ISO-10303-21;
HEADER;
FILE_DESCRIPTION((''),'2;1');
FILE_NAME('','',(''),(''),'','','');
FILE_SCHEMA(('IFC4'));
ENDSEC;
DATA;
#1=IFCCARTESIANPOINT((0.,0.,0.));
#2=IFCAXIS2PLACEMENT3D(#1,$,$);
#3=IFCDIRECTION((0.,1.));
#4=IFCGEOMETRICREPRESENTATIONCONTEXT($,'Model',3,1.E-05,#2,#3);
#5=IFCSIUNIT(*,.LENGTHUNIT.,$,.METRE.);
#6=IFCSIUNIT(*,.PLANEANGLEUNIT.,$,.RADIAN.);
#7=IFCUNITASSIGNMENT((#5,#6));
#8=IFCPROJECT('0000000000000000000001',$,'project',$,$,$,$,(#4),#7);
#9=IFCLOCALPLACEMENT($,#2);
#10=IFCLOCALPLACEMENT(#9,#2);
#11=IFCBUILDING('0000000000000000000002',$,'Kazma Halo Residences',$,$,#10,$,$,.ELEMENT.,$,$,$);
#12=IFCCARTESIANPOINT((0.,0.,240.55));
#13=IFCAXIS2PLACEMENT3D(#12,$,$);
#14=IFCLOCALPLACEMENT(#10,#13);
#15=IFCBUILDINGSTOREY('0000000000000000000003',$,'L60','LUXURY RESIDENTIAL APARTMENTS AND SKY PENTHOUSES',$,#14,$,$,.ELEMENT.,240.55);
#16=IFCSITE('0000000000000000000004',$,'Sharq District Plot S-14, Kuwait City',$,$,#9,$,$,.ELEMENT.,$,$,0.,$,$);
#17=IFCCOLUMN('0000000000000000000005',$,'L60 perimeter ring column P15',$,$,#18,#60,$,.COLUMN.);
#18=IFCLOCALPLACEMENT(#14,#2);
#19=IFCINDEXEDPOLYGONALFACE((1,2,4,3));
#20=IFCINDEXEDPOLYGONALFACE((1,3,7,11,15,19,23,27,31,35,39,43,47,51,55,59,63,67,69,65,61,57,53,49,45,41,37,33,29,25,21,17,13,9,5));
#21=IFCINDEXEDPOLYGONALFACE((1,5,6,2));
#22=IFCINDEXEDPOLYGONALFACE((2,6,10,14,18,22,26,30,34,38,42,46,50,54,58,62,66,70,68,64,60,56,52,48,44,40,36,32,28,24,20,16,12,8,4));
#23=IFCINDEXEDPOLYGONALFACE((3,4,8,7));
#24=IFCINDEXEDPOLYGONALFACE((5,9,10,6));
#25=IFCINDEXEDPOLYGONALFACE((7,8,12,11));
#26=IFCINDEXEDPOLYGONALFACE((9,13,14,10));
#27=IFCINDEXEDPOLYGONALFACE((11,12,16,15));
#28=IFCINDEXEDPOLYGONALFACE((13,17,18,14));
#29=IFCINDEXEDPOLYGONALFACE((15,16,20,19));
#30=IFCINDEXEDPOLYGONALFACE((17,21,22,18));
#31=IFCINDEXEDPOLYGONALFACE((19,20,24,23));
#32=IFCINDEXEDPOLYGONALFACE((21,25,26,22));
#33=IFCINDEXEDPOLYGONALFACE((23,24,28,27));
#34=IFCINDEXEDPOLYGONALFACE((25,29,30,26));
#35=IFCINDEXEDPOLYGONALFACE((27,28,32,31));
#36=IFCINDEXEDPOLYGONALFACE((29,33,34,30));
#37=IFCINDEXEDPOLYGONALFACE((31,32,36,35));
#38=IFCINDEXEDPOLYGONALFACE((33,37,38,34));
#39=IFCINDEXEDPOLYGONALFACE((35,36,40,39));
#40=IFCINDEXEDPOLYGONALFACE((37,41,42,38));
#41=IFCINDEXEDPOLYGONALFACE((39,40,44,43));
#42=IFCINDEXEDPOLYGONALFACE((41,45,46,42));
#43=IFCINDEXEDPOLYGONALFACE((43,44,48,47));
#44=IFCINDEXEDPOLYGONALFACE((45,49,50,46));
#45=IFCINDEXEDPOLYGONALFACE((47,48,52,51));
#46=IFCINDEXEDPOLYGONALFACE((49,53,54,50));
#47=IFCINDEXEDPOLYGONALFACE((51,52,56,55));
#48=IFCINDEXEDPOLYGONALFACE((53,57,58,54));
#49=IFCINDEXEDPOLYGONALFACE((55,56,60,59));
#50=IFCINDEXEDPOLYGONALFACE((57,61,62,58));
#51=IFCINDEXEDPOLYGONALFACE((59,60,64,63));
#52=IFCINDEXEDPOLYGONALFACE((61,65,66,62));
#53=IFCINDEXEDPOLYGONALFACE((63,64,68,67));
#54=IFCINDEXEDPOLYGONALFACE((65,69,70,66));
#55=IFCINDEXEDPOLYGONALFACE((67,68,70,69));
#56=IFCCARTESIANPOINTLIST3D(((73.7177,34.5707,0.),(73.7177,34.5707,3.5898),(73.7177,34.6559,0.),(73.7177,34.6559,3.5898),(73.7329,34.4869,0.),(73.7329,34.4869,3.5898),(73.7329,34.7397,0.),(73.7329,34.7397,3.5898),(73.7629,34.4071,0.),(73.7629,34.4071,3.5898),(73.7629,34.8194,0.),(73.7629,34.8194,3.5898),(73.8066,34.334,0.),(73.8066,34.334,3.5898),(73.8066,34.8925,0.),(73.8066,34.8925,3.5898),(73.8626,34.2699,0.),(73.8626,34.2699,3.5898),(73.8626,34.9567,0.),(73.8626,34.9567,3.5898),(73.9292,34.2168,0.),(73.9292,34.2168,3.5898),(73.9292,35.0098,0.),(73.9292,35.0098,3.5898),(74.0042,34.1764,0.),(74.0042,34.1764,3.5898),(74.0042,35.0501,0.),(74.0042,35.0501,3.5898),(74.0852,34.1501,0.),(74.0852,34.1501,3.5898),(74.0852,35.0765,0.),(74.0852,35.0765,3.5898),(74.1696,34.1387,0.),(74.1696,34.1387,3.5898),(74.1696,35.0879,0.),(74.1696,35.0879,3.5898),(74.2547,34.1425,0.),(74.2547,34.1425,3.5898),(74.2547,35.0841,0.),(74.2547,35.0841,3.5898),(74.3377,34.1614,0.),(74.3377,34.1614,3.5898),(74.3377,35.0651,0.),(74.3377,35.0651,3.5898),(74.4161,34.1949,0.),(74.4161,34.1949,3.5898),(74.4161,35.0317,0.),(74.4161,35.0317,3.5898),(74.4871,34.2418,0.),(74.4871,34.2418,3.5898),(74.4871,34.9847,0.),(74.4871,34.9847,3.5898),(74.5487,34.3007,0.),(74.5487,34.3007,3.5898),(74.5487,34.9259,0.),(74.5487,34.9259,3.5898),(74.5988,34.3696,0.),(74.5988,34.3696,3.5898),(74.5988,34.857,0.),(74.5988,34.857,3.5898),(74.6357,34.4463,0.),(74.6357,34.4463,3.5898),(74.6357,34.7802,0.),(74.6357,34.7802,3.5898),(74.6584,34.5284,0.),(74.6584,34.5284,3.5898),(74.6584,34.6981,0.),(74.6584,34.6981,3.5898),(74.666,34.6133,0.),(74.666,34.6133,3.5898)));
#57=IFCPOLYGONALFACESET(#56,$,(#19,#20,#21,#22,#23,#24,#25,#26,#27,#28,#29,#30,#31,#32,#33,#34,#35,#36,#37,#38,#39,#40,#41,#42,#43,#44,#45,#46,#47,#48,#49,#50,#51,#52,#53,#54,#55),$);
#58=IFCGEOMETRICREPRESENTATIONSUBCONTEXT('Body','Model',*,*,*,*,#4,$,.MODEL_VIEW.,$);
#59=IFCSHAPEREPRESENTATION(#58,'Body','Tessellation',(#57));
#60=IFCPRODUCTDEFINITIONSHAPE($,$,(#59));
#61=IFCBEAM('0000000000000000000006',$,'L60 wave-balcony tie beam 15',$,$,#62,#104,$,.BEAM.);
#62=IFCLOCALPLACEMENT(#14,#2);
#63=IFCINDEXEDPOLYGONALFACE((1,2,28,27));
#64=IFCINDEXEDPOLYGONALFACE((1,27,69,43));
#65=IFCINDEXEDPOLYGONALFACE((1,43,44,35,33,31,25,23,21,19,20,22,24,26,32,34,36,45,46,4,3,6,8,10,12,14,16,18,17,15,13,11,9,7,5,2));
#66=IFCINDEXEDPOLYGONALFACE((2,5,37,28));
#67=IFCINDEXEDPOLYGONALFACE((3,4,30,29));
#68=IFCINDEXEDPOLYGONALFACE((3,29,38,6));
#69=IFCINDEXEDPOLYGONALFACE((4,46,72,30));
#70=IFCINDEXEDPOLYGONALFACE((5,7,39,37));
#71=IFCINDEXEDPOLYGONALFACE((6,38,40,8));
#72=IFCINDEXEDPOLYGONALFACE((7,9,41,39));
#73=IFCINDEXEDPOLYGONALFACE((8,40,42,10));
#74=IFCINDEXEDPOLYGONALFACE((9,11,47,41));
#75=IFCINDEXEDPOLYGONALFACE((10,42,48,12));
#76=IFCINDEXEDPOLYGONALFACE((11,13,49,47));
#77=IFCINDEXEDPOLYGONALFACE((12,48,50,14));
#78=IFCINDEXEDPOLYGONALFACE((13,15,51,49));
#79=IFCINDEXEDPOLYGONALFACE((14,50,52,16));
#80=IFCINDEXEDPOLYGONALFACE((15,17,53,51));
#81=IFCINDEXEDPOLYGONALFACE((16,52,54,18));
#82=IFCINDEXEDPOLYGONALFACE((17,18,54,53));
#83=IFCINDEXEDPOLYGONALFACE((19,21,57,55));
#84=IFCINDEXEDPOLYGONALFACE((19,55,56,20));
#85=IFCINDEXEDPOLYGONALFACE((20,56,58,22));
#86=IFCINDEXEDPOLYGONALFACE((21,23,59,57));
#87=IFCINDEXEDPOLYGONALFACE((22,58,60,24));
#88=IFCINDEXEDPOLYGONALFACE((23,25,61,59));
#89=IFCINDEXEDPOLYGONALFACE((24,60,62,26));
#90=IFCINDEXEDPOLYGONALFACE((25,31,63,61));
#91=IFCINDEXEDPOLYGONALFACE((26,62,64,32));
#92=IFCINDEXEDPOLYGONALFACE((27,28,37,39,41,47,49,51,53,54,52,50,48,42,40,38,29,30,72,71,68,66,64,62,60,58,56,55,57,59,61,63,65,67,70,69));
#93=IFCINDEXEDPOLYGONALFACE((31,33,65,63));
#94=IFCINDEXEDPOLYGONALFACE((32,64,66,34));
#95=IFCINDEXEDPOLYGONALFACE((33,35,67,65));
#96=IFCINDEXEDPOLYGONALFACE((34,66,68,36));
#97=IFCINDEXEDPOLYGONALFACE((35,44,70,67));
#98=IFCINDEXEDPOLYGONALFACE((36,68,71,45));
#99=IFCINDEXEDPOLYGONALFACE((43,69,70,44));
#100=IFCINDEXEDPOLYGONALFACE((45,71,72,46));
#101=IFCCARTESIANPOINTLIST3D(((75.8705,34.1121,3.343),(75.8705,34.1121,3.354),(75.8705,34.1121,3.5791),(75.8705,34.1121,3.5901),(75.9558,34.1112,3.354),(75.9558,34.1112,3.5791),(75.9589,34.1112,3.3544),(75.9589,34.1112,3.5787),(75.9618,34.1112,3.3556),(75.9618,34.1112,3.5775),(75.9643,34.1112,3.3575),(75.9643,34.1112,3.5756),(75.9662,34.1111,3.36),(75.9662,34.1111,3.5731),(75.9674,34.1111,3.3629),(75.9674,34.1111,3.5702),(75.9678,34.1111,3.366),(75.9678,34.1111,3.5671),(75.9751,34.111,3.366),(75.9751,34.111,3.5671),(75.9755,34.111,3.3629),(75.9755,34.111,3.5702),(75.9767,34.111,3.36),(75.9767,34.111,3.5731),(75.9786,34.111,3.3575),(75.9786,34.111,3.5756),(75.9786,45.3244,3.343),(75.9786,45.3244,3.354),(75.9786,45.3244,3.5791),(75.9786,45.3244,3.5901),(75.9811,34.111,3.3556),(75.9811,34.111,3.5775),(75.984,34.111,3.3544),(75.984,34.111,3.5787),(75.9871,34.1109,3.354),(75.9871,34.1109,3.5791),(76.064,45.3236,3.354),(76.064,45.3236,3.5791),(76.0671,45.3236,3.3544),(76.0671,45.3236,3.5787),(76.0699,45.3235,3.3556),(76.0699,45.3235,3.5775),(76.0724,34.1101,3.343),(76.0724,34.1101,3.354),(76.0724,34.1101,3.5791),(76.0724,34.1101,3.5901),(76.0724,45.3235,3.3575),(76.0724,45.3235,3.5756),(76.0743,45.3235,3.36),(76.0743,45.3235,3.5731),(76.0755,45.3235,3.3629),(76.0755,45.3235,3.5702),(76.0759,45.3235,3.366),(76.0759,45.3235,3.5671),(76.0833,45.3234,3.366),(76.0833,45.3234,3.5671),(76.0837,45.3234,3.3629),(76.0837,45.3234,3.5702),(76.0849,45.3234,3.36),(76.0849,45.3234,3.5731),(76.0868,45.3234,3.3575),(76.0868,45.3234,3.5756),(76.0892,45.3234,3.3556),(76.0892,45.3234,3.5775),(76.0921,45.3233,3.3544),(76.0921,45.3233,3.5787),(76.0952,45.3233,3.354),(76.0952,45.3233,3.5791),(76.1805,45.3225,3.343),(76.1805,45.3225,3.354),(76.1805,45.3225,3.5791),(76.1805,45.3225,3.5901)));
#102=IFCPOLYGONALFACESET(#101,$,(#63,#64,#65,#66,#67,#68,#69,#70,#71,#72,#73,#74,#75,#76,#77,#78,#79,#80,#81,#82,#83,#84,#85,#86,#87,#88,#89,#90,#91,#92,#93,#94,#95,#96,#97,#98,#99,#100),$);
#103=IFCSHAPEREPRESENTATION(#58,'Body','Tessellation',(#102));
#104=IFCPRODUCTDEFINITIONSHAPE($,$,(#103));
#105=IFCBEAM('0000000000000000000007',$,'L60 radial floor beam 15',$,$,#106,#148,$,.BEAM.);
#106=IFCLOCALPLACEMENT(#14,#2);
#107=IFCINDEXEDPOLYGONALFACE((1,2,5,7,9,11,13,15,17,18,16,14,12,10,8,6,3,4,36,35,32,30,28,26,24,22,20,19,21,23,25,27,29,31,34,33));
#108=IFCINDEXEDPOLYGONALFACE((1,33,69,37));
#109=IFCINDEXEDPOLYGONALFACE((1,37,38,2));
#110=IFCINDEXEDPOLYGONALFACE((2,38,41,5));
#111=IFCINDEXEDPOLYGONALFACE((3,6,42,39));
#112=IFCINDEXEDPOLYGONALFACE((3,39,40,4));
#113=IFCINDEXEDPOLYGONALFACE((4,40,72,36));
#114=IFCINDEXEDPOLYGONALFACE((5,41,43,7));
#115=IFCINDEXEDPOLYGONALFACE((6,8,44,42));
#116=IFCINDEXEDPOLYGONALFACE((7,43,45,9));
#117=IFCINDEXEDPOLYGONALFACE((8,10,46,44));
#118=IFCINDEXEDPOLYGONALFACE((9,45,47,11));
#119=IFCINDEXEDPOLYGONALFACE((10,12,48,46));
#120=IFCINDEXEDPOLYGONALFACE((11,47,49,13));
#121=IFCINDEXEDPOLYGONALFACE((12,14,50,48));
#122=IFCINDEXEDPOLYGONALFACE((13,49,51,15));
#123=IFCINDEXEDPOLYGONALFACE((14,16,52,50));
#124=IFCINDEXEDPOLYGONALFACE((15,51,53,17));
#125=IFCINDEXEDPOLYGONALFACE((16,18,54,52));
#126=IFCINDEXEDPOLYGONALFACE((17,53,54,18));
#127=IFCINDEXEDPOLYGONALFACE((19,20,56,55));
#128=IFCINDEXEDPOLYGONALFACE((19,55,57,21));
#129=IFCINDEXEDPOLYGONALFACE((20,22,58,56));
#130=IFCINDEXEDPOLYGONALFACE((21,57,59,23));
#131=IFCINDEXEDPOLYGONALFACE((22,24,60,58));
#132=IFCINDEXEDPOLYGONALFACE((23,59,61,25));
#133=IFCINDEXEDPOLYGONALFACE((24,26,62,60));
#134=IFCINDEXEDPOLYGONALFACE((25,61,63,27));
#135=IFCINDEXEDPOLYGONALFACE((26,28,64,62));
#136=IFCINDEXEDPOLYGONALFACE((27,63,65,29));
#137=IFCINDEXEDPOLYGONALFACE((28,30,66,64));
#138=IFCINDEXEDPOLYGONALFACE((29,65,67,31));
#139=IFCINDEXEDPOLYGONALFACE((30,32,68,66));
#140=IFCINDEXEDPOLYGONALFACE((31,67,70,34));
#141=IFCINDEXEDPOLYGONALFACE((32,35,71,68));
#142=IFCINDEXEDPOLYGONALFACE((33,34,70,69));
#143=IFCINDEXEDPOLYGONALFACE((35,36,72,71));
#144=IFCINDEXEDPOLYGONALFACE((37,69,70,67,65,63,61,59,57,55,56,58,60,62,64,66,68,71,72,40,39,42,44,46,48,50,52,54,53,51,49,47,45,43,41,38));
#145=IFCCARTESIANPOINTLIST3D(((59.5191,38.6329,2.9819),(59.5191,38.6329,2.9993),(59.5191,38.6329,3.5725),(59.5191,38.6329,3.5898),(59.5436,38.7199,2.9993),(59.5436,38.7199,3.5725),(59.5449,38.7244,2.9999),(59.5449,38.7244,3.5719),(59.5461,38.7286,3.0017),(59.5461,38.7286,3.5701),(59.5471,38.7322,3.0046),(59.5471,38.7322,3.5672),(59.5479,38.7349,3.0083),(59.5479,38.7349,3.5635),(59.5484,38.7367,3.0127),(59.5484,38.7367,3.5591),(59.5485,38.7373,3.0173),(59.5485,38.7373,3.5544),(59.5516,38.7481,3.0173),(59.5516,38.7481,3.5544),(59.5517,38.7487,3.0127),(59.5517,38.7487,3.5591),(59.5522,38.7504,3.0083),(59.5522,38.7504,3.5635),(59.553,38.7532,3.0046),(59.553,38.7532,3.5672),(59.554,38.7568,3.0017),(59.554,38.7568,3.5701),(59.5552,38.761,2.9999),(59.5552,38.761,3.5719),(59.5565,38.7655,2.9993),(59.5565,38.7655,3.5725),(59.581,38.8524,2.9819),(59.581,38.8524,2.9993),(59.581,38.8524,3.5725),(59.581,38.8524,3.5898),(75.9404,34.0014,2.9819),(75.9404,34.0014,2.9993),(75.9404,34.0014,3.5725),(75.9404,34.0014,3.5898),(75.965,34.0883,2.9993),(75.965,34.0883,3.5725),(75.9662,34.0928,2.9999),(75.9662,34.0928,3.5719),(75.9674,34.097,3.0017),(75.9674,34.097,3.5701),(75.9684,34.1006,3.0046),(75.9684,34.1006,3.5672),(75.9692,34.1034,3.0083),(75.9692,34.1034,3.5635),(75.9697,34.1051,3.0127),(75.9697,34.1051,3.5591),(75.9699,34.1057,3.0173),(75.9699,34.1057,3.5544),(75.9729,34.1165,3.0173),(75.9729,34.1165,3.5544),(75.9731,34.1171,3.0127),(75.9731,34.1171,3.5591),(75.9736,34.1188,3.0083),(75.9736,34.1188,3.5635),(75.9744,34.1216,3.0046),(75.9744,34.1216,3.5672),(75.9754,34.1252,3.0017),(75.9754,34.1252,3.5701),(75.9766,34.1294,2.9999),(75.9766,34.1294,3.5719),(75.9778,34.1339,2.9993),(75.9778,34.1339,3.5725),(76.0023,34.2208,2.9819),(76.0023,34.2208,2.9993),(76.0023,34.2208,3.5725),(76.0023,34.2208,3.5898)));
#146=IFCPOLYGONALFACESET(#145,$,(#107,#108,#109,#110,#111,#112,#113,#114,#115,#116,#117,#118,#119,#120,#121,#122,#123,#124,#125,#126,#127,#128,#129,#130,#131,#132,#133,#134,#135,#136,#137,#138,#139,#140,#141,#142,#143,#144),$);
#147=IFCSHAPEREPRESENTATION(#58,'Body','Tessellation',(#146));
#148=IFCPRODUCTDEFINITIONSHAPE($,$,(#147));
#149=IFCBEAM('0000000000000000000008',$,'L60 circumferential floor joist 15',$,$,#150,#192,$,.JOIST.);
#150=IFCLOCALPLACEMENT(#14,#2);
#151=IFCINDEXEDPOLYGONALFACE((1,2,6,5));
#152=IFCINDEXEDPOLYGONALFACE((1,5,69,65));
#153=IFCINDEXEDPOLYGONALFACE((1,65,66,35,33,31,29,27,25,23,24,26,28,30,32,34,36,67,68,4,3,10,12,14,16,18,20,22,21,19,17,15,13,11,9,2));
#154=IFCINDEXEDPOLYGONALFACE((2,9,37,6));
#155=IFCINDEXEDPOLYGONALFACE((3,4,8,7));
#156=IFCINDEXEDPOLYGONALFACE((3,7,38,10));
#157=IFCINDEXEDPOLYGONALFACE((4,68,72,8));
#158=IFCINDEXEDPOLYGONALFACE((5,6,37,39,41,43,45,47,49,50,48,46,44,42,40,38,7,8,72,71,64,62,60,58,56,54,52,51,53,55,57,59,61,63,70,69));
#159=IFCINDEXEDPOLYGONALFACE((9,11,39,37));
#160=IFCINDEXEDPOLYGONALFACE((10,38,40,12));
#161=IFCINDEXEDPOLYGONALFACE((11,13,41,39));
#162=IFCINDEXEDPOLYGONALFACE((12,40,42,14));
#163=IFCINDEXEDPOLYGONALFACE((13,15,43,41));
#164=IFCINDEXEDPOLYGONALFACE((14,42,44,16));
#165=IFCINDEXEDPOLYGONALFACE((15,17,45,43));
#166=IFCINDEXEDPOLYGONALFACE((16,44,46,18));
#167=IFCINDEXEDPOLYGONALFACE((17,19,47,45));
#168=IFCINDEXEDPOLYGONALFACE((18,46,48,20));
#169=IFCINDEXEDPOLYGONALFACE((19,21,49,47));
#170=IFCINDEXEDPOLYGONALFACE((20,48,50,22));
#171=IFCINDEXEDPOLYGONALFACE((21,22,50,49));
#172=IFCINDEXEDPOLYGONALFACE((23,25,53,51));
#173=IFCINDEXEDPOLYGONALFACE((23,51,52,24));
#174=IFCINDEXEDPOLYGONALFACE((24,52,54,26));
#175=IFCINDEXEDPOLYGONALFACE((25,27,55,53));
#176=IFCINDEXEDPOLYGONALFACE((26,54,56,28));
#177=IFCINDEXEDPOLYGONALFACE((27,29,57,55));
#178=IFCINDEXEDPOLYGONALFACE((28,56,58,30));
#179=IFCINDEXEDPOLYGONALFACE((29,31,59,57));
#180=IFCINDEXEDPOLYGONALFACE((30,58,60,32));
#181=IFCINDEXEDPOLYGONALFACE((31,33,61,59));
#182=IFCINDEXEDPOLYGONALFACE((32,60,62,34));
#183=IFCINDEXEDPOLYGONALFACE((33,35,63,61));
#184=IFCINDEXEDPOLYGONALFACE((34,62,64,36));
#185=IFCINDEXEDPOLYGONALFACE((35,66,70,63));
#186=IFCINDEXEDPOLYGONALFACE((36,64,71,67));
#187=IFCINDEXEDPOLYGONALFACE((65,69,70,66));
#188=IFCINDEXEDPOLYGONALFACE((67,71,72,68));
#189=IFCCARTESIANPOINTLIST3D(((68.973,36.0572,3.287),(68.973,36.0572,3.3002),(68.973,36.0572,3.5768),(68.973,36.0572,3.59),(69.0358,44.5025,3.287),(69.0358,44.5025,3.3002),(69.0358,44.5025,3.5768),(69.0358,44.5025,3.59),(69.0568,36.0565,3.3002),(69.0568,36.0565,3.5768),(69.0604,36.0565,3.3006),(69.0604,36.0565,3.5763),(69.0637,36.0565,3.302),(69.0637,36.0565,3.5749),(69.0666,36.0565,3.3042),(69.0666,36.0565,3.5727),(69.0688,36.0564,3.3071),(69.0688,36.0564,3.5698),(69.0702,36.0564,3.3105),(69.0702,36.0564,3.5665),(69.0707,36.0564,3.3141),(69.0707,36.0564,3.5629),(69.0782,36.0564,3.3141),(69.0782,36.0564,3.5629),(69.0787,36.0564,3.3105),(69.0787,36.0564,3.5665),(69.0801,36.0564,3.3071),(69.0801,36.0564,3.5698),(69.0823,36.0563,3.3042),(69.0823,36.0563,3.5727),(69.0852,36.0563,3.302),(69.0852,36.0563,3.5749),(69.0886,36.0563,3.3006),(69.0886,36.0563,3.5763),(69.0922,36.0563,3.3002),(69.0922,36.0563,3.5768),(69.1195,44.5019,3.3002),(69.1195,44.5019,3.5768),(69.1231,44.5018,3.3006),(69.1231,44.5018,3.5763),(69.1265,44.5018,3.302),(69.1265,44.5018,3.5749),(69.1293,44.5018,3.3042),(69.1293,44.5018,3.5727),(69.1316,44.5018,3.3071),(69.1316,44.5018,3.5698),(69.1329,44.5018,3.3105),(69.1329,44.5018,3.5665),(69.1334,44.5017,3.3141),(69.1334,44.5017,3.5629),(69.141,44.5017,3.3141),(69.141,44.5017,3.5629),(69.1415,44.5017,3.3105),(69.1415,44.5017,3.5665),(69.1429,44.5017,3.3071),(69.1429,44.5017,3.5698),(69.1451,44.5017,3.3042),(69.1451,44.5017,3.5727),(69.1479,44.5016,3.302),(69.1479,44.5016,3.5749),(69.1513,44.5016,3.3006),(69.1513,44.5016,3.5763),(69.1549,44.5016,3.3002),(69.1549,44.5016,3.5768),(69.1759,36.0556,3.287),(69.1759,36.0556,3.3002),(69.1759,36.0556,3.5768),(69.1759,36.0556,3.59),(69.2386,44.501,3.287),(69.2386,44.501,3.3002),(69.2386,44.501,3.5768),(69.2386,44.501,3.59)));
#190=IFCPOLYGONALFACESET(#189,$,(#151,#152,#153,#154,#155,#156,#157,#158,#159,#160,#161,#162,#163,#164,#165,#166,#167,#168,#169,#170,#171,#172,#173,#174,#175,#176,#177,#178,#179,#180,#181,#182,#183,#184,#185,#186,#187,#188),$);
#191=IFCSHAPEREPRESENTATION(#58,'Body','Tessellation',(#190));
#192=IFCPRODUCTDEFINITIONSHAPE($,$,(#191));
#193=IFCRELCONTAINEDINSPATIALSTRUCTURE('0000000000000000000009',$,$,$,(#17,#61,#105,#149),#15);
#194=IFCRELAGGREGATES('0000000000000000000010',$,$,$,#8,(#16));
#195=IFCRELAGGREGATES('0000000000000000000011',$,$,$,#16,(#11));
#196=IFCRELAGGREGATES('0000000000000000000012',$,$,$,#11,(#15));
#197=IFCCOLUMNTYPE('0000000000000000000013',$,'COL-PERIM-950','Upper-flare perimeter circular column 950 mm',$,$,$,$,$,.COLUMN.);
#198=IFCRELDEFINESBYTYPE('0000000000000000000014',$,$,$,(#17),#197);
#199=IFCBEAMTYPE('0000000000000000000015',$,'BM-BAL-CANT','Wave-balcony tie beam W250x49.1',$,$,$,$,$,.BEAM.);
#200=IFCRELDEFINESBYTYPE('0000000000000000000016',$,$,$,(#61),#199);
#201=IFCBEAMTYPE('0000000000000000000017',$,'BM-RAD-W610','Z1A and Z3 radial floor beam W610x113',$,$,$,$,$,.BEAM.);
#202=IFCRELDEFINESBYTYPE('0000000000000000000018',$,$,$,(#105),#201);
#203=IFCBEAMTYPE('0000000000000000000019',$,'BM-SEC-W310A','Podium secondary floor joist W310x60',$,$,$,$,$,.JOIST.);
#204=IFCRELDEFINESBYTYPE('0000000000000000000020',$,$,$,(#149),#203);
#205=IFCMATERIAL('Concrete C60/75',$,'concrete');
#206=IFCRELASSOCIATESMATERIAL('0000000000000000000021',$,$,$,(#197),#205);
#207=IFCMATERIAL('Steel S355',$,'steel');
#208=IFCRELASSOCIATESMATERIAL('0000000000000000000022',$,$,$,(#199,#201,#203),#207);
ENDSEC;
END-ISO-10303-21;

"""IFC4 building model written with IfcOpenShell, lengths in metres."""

from ifc_helpers import new_model, si_unit, direction, frame, origin, origin_2d, place, context, subcontext, project, spatial, circle, i_section, extrude, material, material_profile, profile_set, type_object, element, save


model = new_model("IFC4")

# Units and contexts
model_context = context("Model", 3, precision=1e-05, world=origin(), true_north=direction((0.0, 1.0)))
body_context = subcontext(model_context, "Body", "Model", "MODEL_VIEW")
ifc_project = project(units=[si_unit("LENGTHUNIT", "METRE"), si_unit("PLANEANGLEUNIT", "RADIAN")], contexts=[model_context])

# Site, building, storey
site_placement = place(None, origin())
site = spatial("IfcSite", under=ifc_project, at=site_placement, Name="Sharq District Plot S-14, Kuwait City", CompositionType="ELEMENT", RefElevation=0.0)
building_placement = place(site_placement, origin())
building = spatial("IfcBuilding", under=site, at=building_placement, Name="Kazma Halo Residences", CompositionType="ELEMENT")
storey_placement = place(building_placement, frame((0.0, 0.0, 240.55)))
storey = spatial("IfcBuildingStorey", under=building, at=storey_placement, Name="L60", Description="LUXURY RESIDENTIAL APARTMENTS AND SKY PENTHOUSES", CompositionType="ELEMENT", Elevation=240.55)

# Column
ifc_material_1 = material(Name="Concrete C60/75", Category="concrete")
ifc_material_profile_1 = material_profile(ifc_material_1, circle(Radius=0.4751, at=origin_2d()), Name="CIRC950")
ifc_profile_set_1 = profile_set([ifc_material_profile_1], Name="Concrete C60/75")
column_type = type_object("IfcColumnType", Name="COL-PERIM-950", Description="Upper-flare perimeter circular column 950 mm", PredefinedType="COLUMN", material=ifc_profile_set_1)
column_placement = place(storey_placement, frame((74.1909, 34.6133, 0.0), z_axis=(0.0, 0.0, 1.0), x_axis=(1.0, 0.0, 0.0)))
element("IfcColumn", 1, at=column_placement, inside=storey, type_object=column_type, Name="L60 perimeter ring column P15", PredefinedType="COLUMN", context=body_context, shape_type="SweptSolid", body=[
    extrude(circle(Radius=0.4751, at=origin_2d()), origin(), (0.0, 0.0, 1.0), 3.5898),
])

# Beams
ifc_material_2 = material(Name="Steel S355", Category="steel")
ifc_material_profile_2 = material_profile(ifc_material_2, i_section(OverallWidth=0.2019, OverallDepth=0.2471, WebThickness=0.0073, FlangeThickness=0.011, FilletRadius=0.012, at=origin_2d()), Name="W250x49.1")
ifc_profile_set_2 = profile_set([ifc_material_profile_2], Name="Steel S355")
beam_type_1 = type_object("IfcBeamType", Name="BM-BAL-CANT", Description="Wave-balcony tie beam W250x49.1", PredefinedType="BEAM", material=ifc_profile_set_2)
beam_1_placement = place(storey_placement, frame((75.9714, 34.1111, 3.4666), z_axis=(0.009646, 0.999953, 0.0), x_axis=(-0.999953, 0.009646, 0.0)))
element("IfcBeam", 2, at=beam_1_placement, inside=storey, type_object=beam_type_1, Name="L60 wave-balcony tie beam 15", PredefinedType="BEAM", context=body_context, shape_type="SweptSolid", body=[
    extrude(i_section(OverallWidth=0.2019, OverallDepth=0.2471, WebThickness=0.0073, FlangeThickness=0.011, FilletRadius=0.012, at=origin_2d()), origin(), (0.0, 0.0, 1.0), 11.2129),
])
ifc_material_profile_3 = material_profile(ifc_material_2, i_section(OverallWidth=0.228, OverallDepth=0.6079, WebThickness=0.0112, FlangeThickness=0.0173, FilletRadius=0.0181, at=origin_2d()), Name="W610x113")
ifc_profile_set_3 = profile_set([ifc_material_profile_3], Name="Steel S355")
beam_type_2 = type_object("IfcBeamType", Name="BM-RAD-W610", Description="Z1A and Z3 radial floor beam W610x113", PredefinedType="BEAM", material=ifc_profile_set_3)
beam_2_placement = place(storey_placement, frame((59.55, 38.7427, 3.2859), z_axis=(0.962451, -0.271456, 0.0), x_axis=(0.271456, 0.962451, 0.0)))
element("IfcBeam", 3, at=beam_2_placement, inside=storey, type_object=beam_type_2, Name="L60 radial floor beam 15", PredefinedType="BEAM", context=body_context, shape_type="SweptSolid", body=[
    extrude(i_section(OverallWidth=0.228, OverallDepth=0.6079, WebThickness=0.0112, FlangeThickness=0.0173, FilletRadius=0.0181, at=origin_2d()), origin(), (0.0, 0.0, 1.0), 17.062),
])
ifc_material_profile_4 = material_profile(ifc_material_2, i_section(OverallWidth=0.2029, OverallDepth=0.303, WebThickness=0.0076, FlangeThickness=0.0132, FilletRadius=0.0139, at=origin_2d()), Name="W310x60")
ifc_profile_set_4 = profile_set([ifc_material_profile_4], Name="Steel S355")
beam_type_3 = type_object("IfcBeamType", Name="BM-SEC-W310A", Description="Podium secondary floor joist W310x60", PredefinedType="JOIST", material=ifc_profile_set_4)
beam_3_placement = place(storey_placement, frame((69.0745, 36.0564, 3.4385), z_axis=(0.007429, 0.999972, 0.0), x_axis=(-0.999972, 0.007429, 0.0)))
element("IfcBeam", 4, at=beam_3_placement, inside=storey, type_object=beam_type_3, Name="L60 circumferential floor joist 15", PredefinedType="JOIST", context=body_context, shape_type="SweptSolid", body=[
    extrude(i_section(OverallWidth=0.2029, OverallDepth=0.303, WebThickness=0.0076, FlangeThickness=0.0132, FilletRadius=0.0139, at=origin_2d()), origin(), (0.0, 0.0, 1.0), 8.4456),
])

save(model, "model.ifc")
